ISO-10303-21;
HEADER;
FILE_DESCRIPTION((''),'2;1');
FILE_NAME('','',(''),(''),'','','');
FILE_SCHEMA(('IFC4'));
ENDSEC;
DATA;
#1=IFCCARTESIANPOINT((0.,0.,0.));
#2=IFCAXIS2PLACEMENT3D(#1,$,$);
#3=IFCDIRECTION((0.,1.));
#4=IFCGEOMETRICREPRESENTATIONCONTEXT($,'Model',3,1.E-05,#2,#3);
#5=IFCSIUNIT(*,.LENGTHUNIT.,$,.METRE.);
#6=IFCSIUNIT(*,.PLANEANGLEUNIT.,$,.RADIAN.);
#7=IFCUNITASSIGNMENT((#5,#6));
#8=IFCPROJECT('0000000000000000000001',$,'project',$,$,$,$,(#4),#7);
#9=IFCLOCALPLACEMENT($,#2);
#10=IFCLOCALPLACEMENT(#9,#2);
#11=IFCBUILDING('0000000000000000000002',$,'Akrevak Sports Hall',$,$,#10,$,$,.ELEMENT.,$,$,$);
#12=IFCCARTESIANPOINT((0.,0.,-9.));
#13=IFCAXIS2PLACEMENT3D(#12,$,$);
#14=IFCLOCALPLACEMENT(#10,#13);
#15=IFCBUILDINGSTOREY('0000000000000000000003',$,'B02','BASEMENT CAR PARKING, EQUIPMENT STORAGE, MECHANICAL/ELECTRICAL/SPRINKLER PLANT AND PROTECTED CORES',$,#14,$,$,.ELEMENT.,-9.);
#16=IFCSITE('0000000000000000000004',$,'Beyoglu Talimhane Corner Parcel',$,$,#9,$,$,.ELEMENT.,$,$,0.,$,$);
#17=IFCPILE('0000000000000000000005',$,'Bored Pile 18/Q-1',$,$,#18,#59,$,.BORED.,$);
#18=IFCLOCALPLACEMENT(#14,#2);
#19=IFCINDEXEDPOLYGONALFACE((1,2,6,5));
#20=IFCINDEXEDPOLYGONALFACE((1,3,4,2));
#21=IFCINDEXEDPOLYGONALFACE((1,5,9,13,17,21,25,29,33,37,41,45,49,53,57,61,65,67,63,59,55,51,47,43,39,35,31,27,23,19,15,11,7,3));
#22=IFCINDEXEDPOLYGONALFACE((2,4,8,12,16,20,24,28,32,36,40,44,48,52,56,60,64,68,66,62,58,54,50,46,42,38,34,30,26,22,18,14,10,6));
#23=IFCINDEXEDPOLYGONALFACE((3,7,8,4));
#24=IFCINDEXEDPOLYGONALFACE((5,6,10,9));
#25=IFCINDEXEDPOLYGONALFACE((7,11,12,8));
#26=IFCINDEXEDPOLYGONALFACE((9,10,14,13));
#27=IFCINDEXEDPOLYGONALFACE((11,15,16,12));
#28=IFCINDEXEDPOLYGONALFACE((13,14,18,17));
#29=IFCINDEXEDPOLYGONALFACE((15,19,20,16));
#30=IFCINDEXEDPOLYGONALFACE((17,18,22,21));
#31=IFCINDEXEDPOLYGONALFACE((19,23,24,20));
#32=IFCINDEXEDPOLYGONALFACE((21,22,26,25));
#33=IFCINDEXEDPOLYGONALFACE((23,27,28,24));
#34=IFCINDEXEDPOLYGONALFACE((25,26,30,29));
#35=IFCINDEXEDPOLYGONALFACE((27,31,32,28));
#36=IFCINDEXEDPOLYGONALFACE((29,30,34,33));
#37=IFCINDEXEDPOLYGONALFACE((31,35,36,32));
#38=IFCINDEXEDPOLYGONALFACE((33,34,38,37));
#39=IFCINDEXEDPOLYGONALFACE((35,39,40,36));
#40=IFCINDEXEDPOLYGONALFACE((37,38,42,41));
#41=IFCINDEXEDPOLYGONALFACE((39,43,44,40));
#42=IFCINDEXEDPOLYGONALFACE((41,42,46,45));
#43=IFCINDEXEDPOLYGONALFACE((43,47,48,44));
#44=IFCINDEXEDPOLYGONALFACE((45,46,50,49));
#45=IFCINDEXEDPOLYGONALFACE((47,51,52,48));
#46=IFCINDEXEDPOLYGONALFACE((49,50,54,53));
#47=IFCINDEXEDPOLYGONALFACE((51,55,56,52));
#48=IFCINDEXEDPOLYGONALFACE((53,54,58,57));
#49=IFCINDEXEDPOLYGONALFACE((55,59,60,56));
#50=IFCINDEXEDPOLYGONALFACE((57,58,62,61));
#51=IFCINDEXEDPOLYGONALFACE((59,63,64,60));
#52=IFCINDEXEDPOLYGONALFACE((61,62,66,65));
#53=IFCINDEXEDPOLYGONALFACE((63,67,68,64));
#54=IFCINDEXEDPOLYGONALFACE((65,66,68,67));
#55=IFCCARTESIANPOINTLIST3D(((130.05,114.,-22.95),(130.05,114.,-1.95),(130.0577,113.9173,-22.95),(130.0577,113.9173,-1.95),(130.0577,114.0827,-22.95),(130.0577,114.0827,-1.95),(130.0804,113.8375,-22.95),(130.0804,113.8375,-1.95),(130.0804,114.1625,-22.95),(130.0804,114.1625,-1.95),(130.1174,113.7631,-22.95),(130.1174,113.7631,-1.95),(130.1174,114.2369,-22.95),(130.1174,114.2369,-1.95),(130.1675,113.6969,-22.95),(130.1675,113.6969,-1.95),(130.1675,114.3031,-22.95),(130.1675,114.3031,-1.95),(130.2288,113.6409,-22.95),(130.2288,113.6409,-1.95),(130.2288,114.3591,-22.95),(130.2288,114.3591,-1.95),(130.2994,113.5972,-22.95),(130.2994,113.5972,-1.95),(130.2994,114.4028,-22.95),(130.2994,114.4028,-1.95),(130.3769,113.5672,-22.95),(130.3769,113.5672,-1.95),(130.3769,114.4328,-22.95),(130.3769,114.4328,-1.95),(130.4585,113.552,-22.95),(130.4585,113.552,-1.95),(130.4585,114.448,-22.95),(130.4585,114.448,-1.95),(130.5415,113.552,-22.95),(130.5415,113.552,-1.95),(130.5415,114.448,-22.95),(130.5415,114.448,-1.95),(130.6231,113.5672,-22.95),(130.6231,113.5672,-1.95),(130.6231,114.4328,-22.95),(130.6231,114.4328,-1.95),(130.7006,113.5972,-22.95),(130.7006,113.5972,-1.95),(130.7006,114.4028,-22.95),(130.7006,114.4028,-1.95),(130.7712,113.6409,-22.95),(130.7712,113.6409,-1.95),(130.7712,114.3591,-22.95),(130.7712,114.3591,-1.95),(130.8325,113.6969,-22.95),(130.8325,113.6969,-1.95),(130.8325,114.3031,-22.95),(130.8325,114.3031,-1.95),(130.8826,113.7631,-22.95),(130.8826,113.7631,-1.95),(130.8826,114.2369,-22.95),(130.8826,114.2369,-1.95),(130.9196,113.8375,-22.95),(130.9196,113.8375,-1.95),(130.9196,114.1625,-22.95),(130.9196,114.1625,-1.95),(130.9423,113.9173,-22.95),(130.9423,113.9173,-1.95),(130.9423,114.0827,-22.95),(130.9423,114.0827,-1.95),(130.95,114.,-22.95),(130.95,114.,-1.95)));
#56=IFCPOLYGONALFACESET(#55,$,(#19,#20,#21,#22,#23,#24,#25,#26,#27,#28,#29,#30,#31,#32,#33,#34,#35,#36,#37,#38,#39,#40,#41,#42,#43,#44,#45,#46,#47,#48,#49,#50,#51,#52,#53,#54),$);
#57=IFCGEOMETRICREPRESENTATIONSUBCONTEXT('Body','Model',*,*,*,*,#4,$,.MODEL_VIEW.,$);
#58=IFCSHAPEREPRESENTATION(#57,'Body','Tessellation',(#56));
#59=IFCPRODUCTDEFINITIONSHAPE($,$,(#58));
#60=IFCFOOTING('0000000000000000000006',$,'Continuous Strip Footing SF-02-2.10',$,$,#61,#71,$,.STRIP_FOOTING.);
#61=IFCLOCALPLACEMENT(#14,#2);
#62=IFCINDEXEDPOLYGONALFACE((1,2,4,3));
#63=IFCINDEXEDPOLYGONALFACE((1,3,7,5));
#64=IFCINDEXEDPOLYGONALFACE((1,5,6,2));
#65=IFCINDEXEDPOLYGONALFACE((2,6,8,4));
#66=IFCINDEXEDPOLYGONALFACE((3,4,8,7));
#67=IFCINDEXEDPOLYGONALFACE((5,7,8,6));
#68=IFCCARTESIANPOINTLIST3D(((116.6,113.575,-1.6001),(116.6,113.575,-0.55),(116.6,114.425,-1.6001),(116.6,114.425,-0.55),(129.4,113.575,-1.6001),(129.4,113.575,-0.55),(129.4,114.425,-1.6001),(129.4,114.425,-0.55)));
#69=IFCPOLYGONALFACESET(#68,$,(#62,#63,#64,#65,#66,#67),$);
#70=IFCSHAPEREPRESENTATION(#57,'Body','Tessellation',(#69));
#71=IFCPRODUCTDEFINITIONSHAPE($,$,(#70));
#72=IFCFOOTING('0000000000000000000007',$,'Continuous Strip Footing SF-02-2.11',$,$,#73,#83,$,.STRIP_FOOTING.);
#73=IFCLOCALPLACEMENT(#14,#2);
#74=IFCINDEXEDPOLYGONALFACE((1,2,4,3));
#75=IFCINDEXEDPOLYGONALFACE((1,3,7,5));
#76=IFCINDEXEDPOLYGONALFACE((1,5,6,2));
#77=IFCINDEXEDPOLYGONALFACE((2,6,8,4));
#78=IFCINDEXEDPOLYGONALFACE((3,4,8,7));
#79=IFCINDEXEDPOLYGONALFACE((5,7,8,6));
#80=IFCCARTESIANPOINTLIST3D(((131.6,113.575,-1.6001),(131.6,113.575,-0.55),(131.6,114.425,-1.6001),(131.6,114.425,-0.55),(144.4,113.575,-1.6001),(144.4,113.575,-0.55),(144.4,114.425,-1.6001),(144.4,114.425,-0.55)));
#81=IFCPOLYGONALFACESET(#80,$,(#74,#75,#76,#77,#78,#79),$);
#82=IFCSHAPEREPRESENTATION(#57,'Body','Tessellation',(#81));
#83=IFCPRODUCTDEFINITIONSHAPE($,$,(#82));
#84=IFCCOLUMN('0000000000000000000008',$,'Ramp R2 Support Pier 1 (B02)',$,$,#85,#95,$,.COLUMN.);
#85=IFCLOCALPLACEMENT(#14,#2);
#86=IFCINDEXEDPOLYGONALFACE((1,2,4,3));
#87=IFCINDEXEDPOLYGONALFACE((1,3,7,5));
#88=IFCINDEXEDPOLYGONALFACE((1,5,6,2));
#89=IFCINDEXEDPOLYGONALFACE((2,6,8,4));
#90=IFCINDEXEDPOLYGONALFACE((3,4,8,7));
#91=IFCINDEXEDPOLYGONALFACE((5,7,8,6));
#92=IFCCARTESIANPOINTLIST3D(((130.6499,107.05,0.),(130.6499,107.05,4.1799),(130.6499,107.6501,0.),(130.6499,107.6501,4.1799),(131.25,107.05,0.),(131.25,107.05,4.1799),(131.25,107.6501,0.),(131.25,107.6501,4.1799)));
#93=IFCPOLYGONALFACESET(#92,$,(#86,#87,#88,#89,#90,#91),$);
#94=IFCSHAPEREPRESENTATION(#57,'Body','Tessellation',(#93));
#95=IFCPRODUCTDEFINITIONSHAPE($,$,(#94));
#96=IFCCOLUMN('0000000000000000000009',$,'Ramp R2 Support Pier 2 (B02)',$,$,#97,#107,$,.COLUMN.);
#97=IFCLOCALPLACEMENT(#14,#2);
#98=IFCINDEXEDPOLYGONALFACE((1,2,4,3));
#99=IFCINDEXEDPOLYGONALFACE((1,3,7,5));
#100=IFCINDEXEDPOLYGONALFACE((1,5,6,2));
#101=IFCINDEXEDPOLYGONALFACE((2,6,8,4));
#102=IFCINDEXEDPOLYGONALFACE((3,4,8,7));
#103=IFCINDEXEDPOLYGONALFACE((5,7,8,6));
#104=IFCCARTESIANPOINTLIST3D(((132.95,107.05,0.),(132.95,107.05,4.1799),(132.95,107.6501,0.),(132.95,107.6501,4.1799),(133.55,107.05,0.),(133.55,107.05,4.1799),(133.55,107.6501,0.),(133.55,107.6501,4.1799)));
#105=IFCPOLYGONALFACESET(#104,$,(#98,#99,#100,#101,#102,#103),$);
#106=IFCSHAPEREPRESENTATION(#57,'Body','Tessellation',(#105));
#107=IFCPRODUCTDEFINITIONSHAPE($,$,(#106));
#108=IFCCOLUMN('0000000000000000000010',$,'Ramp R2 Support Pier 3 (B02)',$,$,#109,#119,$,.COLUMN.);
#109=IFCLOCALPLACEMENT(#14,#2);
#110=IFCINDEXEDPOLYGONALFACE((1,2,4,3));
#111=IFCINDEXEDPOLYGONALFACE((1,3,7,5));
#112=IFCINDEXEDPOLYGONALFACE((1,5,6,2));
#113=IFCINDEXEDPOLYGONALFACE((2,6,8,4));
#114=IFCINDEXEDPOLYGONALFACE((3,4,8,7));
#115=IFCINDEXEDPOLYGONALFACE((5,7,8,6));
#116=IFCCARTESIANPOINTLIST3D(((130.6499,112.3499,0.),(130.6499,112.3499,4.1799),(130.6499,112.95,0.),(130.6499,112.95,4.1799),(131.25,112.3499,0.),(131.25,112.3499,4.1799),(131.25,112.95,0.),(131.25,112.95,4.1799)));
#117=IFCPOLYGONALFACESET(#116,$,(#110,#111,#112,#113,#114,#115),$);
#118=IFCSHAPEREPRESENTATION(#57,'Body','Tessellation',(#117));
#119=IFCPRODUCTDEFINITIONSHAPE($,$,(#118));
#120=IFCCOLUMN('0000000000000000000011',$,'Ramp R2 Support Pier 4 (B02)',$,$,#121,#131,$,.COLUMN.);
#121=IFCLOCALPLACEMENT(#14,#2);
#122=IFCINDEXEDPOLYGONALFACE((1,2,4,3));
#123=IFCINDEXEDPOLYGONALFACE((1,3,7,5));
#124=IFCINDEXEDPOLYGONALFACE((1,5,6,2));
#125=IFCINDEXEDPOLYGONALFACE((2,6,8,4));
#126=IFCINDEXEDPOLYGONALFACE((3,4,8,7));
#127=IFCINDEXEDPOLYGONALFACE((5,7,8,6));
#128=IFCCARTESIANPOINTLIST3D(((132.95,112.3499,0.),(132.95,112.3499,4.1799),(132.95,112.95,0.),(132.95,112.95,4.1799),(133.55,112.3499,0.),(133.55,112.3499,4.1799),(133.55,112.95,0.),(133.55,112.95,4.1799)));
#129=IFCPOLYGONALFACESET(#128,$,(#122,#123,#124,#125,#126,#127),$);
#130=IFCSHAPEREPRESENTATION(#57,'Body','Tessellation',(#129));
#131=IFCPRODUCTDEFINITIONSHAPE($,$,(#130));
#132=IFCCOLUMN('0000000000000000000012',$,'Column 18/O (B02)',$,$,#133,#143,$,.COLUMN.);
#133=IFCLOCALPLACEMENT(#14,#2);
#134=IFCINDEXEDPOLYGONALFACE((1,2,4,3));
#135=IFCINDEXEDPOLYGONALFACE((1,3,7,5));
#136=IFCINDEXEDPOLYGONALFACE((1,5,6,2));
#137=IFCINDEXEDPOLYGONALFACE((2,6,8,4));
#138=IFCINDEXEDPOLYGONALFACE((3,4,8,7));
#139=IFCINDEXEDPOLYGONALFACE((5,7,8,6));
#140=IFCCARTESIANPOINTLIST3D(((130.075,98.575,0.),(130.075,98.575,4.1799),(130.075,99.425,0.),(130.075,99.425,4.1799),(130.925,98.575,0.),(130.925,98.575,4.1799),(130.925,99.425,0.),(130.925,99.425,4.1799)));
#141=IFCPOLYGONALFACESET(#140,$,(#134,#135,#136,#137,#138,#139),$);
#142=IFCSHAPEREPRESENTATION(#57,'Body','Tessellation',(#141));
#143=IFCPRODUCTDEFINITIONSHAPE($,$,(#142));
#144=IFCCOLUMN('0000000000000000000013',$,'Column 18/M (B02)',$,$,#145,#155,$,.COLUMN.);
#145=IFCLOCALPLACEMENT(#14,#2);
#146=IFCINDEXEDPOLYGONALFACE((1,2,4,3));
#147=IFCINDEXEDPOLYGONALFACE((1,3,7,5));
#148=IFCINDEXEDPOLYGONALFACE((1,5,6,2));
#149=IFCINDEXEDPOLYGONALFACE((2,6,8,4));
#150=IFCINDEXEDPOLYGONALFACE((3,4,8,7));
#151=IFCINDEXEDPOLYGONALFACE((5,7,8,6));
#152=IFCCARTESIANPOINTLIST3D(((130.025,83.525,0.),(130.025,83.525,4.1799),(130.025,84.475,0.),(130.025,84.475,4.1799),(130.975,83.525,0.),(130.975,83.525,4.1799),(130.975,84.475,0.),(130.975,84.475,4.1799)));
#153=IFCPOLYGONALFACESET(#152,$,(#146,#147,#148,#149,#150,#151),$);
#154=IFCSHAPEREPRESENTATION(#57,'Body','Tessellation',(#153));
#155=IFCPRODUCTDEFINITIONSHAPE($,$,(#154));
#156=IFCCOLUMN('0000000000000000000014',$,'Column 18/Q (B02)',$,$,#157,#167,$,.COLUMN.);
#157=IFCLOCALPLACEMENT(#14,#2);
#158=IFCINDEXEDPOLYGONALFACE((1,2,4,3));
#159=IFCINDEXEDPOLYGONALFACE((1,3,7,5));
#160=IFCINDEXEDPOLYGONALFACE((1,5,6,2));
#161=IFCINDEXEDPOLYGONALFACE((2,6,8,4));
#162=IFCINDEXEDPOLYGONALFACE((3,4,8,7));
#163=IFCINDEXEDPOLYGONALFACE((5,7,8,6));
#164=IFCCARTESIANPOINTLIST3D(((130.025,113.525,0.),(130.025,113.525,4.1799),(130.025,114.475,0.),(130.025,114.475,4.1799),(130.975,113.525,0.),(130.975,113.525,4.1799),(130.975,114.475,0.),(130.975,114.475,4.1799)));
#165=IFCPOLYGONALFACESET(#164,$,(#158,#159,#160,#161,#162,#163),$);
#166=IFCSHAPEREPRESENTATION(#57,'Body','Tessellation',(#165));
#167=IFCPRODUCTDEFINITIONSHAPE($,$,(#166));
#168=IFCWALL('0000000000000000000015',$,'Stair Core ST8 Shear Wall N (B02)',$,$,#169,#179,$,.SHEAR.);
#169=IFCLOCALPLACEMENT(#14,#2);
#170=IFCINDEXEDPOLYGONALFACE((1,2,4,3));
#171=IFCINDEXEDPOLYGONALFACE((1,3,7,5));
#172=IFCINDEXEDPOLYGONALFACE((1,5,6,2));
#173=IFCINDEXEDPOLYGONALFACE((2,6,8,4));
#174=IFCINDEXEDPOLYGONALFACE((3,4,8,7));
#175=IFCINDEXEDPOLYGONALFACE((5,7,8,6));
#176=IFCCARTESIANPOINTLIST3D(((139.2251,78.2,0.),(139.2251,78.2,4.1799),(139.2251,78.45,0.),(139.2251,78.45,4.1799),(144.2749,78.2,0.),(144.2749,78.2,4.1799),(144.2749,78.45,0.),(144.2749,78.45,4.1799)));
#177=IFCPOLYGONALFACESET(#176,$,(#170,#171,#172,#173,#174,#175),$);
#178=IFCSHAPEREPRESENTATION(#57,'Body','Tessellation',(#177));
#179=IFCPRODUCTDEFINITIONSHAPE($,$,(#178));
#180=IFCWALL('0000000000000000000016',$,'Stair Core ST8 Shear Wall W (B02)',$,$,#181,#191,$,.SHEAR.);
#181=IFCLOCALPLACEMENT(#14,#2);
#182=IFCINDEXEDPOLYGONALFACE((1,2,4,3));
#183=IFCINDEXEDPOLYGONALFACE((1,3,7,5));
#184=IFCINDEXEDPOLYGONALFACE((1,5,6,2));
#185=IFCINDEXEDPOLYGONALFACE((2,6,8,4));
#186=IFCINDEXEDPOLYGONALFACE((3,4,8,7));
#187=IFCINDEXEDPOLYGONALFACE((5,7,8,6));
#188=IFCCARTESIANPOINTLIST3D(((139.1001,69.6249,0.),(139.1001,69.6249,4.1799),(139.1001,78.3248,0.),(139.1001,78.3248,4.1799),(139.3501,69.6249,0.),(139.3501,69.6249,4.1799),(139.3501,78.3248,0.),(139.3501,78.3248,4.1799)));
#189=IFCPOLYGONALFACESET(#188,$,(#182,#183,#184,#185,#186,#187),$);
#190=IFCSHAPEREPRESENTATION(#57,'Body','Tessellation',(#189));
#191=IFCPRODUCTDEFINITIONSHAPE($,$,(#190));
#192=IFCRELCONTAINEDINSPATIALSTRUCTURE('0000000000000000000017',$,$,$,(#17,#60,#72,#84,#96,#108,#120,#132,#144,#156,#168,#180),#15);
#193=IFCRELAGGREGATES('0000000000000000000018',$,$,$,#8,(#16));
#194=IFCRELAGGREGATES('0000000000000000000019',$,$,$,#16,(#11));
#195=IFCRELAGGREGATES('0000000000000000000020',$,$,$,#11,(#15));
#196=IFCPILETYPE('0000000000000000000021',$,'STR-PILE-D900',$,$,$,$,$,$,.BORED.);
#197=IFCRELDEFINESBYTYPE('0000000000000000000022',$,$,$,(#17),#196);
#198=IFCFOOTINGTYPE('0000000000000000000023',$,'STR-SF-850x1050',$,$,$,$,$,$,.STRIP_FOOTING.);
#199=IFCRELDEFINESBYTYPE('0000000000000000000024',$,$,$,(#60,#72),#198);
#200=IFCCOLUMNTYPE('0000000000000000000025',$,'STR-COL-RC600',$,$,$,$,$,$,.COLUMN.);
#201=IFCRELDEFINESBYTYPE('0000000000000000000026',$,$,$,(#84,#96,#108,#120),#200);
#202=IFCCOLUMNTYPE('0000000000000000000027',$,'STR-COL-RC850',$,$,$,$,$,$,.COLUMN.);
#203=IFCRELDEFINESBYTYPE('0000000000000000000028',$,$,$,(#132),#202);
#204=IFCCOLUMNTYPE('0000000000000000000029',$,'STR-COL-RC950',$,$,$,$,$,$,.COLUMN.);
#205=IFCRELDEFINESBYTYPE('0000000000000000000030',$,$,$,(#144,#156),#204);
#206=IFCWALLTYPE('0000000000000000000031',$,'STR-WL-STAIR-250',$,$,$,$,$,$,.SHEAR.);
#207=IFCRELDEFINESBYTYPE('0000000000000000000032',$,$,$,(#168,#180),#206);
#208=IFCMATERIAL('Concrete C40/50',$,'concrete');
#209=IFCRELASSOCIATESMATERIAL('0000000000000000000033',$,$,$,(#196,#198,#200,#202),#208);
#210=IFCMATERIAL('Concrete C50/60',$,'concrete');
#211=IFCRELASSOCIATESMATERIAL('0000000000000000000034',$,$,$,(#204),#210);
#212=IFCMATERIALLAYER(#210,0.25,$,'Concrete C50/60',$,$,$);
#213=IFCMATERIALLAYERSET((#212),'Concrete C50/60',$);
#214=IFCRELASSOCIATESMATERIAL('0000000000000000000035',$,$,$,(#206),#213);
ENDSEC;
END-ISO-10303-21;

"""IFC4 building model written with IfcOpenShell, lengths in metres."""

from ifc_helpers import new_model, si_unit, direction, frame, frame_2d, origin, origin_2d, place, context, subcontext, project, spatial, rectangle, circle, extrude, material, layer, layer_set, material_profile, profile_set, type_object, element, save


model = new_model("IFC4")

# Units and contexts
model_context = context("Model", 3, precision=1e-05, world=origin(), true_north=direction((0.0, 1.0)))
body_context = subcontext(model_context, "Body", "Model", "MODEL_VIEW")
ifc_project = project(units=[si_unit("LENGTHUNIT", "METRE"), si_unit("PLANEANGLEUNIT", "RADIAN")], contexts=[model_context])

# Site, building, storey
site_placement = place(None, origin())
site = spatial("IfcSite", under=ifc_project, at=site_placement, Name="Beyoglu Talimhane Corner Parcel", CompositionType="ELEMENT", RefElevation=0.0)
building_placement = place(site_placement, origin())
building = spatial("IfcBuilding", under=site, at=building_placement, Name="Akrevak Sports Hall", CompositionType="ELEMENT")
storey_placement = place(building_placement, frame((0.0, 0.0, -9.0)))
storey = spatial("IfcBuildingStorey", under=building, at=storey_placement, Name="B02", Description="BASEMENT CAR PARKING, EQUIPMENT STORAGE, MECHANICAL/ELECTRICAL/SPRINKLER PLANT AND PROTECTED CORES", CompositionType="ELEMENT", Elevation=-9.0)

# Shared definitions
ifc_material_1 = material(Name="Concrete C40/50", Category="concrete")

# Pile
ifc_material_profile_1 = material_profile(ifc_material_1, circle(Radius=0.45, at=origin_2d()), Name="BORED PILE D900", Category="concrete")
ifc_profile_set_1 = profile_set([ifc_material_profile_1], Name="Concrete C40/50")
pile_type_1 = type_object("IfcPileType", Name="STR-PILE-D900", PredefinedType="BORED", material=ifc_profile_set_1)
pile_placement = place(storey_placement, frame((130.5, 114.0, -1.95), z_axis=(0.0, 0.0, -1.0), x_axis=(1.0, 0.0, 0.0)))
element("IfcPile", 1, at=pile_placement, inside=storey, type_object=pile_type_1, Name="Bored Pile 18/Q-1", PredefinedType="BORED", context=body_context, shape_type="SweptSolid", body=[
    extrude(circle(Radius=0.45, at=origin_2d()), origin(), (0.0, 0.0, 1.0), 21.0),
])

# Footings
footing_type_1 = type_object("IfcFootingType", Name="STR-SF-850x1050", PredefinedType="STRIP_FOOTING", material=ifc_material_1)
for number, where, z_axis, x_axis, name in (
    (2, (123.0, 114.0, -1.6001), (0.0, 0.0, 1.0), (1.0, 0.0, 0.0), "Continuous Strip Footing SF-02-2.10"),
    (3, (138.0, 114.0, -1.6001), (0.0, 0.0, 1.0), (1.0, 0.0, 0.0), "Continuous Strip Footing SF-02-2.11"),
):
    element("IfcFooting", number, at=place(storey_placement, frame(where, z_axis=z_axis, x_axis=x_axis)), inside=storey, type_object=footing_type_1, Name=name, PredefinedType="STRIP_FOOTING", context=body_context, shape_type="SweptSolid", body=[
        extrude(rectangle(XDim=12.8, YDim=0.8501, at=origin_2d()), origin(), (0.0, 0.0, 1.0), 1.05),
    ])

# Columns
ifc_material_profile_2 = material_profile(ifc_material_1, rectangle(XDim=0.6001, YDim=0.6001, at=origin_2d()), Name="RC 600x600", Category="concrete")
ifc_profile_set_2 = profile_set([ifc_material_profile_2], Name="Concrete C40/50")
column_type_1 = type_object("IfcColumnType", Name="STR-COL-RC600", PredefinedType="COLUMN", material=ifc_profile_set_2)
for number, where, z_axis, x_axis, name in (
    (4, (130.95, 107.3501, 0.0), (0.0, 0.0, 1.0), (1.0, 0.0, 0.0), "Ramp R2 Support Pier 1 (B02)"),
    (5, (133.25, 107.3501, 0.0), (0.0, 0.0, 1.0), (1.0, 0.0, 0.0), "Ramp R2 Support Pier 2 (B02)"),
    (6, (130.95, 112.6499, 0.0), (0.0, 0.0, 1.0), (1.0, 0.0, 0.0), "Ramp R2 Support Pier 3 (B02)"),
    (7, (133.25, 112.6499, 0.0), (0.0, 0.0, 1.0), (1.0, 0.0, 0.0), "Ramp R2 Support Pier 4 (B02)"),
):
    element("IfcColumn", number, at=place(storey_placement, frame(where, z_axis=z_axis, x_axis=x_axis)), inside=storey, type_object=column_type_1, Name=name, PredefinedType="COLUMN", context=body_context, shape_type="SweptSolid", body=[
        extrude(rectangle(XDim=0.6001, YDim=0.6001, at=origin_2d()), origin(), (0.0, 0.0, 1.0), 4.1799),
    ])
ifc_material_profile_3 = material_profile(ifc_material_1, rectangle(XDim=0.8501, YDim=0.8501, at=origin_2d()), Name="RC 850x850", Category="concrete")
ifc_profile_set_3 = profile_set([ifc_material_profile_3], Name="Concrete C40/50")
column_type_2 = type_object("IfcColumnType", Name="STR-COL-RC850", PredefinedType="COLUMN", material=ifc_profile_set_3)
column_placement = place(storey_placement, frame((130.5, 99.0, 0.0), z_axis=(0.0, 0.0, 1.0), x_axis=(1.0, 0.0, 0.0)))
element("IfcColumn", 8, at=column_placement, inside=storey, type_object=column_type_2, Name="Column 18/O (B02)", PredefinedType="COLUMN", context=body_context, shape_type="SweptSolid", body=[
    extrude(rectangle(XDim=0.8501, YDim=0.8501, at=origin_2d()), origin(), (0.0, 0.0, 1.0), 4.1799),
])
ifc_material_2 = material(Name="Concrete C50/60", Category="concrete")
ifc_material_profile_4 = material_profile(ifc_material_2, rectangle(XDim=0.95, YDim=0.95, at=origin_2d()), Name="RC 950x950", Category="concrete")
ifc_profile_set_4 = profile_set([ifc_material_profile_4], Name="Concrete C50/60")
column_type_3 = type_object("IfcColumnType", Name="STR-COL-RC950", PredefinedType="COLUMN", material=ifc_profile_set_4)
for number, where, z_axis, x_axis, name in (
    (9, (130.5, 84.0, 0.0), (0.0, 0.0, 1.0), (1.0, 0.0, 0.0), "Column 18/M (B02)"),
    (10, (130.5, 114.0, 0.0), (0.0, 0.0, 1.0), (1.0, 0.0, 0.0), "Column 18/Q (B02)"),
):
    element("IfcColumn", number, at=place(storey_placement, frame(where, z_axis=z_axis, x_axis=x_axis)), inside=storey, type_object=column_type_3, Name=name, PredefinedType="COLUMN", context=body_context, shape_type="SweptSolid", body=[
        extrude(rectangle(XDim=0.95, YDim=0.95, at=origin_2d()), origin(), (0.0, 0.0, 1.0), 4.1799),
    ])

# Walls
ifc_layer_1 = layer(ifc_material_2, 0.25, Name="Concrete C50/60")
ifc_layer_set_1 = layer_set([ifc_layer_1], Name="Concrete C50/60")
wall_type = type_object("IfcWallType", Name="STR-WL-STAIR-250", PredefinedType="SHEAR", material=ifc_layer_set_1)
wall_1_placement = place(storey_placement, frame((144.2749, 78.325, 0.0), z_axis=(0.0, 0.0, 1.0), x_axis=(-1.0, 0.0, 0.0)))
element("IfcWall", 11, at=wall_1_placement, inside=storey, type_object=wall_type, Name="Stair Core ST8 Shear Wall N (B02)", PredefinedType="SHEAR", context=body_context, shape_type="SweptSolid", body=[
    extrude(rectangle(XDim=5.0498, YDim=0.25, at=frame_2d((2.5249, 0.0))), origin(), (0.0, 0.0, 1.0), 4.1799),
])
wall_2_placement = place(storey_placement, frame((139.2251, 78.325, 0.0), z_axis=(0.0, 0.0, 1.0), x_axis=(0.0, -1.0, 0.0)))
element("IfcWall", 12, at=wall_2_placement, inside=storey, type_object=wall_type, Name="Stair Core ST8 Shear Wall W (B02)", PredefinedType="SHEAR", context=body_context, shape_type="SweptSolid", body=[
    extrude(rectangle(XDim=8.7, YDim=0.25, at=frame_2d((4.3501, 0.0))), origin(), (0.0, 0.0, 1.0), 4.1799),
])

save(model, "model.ifc")
